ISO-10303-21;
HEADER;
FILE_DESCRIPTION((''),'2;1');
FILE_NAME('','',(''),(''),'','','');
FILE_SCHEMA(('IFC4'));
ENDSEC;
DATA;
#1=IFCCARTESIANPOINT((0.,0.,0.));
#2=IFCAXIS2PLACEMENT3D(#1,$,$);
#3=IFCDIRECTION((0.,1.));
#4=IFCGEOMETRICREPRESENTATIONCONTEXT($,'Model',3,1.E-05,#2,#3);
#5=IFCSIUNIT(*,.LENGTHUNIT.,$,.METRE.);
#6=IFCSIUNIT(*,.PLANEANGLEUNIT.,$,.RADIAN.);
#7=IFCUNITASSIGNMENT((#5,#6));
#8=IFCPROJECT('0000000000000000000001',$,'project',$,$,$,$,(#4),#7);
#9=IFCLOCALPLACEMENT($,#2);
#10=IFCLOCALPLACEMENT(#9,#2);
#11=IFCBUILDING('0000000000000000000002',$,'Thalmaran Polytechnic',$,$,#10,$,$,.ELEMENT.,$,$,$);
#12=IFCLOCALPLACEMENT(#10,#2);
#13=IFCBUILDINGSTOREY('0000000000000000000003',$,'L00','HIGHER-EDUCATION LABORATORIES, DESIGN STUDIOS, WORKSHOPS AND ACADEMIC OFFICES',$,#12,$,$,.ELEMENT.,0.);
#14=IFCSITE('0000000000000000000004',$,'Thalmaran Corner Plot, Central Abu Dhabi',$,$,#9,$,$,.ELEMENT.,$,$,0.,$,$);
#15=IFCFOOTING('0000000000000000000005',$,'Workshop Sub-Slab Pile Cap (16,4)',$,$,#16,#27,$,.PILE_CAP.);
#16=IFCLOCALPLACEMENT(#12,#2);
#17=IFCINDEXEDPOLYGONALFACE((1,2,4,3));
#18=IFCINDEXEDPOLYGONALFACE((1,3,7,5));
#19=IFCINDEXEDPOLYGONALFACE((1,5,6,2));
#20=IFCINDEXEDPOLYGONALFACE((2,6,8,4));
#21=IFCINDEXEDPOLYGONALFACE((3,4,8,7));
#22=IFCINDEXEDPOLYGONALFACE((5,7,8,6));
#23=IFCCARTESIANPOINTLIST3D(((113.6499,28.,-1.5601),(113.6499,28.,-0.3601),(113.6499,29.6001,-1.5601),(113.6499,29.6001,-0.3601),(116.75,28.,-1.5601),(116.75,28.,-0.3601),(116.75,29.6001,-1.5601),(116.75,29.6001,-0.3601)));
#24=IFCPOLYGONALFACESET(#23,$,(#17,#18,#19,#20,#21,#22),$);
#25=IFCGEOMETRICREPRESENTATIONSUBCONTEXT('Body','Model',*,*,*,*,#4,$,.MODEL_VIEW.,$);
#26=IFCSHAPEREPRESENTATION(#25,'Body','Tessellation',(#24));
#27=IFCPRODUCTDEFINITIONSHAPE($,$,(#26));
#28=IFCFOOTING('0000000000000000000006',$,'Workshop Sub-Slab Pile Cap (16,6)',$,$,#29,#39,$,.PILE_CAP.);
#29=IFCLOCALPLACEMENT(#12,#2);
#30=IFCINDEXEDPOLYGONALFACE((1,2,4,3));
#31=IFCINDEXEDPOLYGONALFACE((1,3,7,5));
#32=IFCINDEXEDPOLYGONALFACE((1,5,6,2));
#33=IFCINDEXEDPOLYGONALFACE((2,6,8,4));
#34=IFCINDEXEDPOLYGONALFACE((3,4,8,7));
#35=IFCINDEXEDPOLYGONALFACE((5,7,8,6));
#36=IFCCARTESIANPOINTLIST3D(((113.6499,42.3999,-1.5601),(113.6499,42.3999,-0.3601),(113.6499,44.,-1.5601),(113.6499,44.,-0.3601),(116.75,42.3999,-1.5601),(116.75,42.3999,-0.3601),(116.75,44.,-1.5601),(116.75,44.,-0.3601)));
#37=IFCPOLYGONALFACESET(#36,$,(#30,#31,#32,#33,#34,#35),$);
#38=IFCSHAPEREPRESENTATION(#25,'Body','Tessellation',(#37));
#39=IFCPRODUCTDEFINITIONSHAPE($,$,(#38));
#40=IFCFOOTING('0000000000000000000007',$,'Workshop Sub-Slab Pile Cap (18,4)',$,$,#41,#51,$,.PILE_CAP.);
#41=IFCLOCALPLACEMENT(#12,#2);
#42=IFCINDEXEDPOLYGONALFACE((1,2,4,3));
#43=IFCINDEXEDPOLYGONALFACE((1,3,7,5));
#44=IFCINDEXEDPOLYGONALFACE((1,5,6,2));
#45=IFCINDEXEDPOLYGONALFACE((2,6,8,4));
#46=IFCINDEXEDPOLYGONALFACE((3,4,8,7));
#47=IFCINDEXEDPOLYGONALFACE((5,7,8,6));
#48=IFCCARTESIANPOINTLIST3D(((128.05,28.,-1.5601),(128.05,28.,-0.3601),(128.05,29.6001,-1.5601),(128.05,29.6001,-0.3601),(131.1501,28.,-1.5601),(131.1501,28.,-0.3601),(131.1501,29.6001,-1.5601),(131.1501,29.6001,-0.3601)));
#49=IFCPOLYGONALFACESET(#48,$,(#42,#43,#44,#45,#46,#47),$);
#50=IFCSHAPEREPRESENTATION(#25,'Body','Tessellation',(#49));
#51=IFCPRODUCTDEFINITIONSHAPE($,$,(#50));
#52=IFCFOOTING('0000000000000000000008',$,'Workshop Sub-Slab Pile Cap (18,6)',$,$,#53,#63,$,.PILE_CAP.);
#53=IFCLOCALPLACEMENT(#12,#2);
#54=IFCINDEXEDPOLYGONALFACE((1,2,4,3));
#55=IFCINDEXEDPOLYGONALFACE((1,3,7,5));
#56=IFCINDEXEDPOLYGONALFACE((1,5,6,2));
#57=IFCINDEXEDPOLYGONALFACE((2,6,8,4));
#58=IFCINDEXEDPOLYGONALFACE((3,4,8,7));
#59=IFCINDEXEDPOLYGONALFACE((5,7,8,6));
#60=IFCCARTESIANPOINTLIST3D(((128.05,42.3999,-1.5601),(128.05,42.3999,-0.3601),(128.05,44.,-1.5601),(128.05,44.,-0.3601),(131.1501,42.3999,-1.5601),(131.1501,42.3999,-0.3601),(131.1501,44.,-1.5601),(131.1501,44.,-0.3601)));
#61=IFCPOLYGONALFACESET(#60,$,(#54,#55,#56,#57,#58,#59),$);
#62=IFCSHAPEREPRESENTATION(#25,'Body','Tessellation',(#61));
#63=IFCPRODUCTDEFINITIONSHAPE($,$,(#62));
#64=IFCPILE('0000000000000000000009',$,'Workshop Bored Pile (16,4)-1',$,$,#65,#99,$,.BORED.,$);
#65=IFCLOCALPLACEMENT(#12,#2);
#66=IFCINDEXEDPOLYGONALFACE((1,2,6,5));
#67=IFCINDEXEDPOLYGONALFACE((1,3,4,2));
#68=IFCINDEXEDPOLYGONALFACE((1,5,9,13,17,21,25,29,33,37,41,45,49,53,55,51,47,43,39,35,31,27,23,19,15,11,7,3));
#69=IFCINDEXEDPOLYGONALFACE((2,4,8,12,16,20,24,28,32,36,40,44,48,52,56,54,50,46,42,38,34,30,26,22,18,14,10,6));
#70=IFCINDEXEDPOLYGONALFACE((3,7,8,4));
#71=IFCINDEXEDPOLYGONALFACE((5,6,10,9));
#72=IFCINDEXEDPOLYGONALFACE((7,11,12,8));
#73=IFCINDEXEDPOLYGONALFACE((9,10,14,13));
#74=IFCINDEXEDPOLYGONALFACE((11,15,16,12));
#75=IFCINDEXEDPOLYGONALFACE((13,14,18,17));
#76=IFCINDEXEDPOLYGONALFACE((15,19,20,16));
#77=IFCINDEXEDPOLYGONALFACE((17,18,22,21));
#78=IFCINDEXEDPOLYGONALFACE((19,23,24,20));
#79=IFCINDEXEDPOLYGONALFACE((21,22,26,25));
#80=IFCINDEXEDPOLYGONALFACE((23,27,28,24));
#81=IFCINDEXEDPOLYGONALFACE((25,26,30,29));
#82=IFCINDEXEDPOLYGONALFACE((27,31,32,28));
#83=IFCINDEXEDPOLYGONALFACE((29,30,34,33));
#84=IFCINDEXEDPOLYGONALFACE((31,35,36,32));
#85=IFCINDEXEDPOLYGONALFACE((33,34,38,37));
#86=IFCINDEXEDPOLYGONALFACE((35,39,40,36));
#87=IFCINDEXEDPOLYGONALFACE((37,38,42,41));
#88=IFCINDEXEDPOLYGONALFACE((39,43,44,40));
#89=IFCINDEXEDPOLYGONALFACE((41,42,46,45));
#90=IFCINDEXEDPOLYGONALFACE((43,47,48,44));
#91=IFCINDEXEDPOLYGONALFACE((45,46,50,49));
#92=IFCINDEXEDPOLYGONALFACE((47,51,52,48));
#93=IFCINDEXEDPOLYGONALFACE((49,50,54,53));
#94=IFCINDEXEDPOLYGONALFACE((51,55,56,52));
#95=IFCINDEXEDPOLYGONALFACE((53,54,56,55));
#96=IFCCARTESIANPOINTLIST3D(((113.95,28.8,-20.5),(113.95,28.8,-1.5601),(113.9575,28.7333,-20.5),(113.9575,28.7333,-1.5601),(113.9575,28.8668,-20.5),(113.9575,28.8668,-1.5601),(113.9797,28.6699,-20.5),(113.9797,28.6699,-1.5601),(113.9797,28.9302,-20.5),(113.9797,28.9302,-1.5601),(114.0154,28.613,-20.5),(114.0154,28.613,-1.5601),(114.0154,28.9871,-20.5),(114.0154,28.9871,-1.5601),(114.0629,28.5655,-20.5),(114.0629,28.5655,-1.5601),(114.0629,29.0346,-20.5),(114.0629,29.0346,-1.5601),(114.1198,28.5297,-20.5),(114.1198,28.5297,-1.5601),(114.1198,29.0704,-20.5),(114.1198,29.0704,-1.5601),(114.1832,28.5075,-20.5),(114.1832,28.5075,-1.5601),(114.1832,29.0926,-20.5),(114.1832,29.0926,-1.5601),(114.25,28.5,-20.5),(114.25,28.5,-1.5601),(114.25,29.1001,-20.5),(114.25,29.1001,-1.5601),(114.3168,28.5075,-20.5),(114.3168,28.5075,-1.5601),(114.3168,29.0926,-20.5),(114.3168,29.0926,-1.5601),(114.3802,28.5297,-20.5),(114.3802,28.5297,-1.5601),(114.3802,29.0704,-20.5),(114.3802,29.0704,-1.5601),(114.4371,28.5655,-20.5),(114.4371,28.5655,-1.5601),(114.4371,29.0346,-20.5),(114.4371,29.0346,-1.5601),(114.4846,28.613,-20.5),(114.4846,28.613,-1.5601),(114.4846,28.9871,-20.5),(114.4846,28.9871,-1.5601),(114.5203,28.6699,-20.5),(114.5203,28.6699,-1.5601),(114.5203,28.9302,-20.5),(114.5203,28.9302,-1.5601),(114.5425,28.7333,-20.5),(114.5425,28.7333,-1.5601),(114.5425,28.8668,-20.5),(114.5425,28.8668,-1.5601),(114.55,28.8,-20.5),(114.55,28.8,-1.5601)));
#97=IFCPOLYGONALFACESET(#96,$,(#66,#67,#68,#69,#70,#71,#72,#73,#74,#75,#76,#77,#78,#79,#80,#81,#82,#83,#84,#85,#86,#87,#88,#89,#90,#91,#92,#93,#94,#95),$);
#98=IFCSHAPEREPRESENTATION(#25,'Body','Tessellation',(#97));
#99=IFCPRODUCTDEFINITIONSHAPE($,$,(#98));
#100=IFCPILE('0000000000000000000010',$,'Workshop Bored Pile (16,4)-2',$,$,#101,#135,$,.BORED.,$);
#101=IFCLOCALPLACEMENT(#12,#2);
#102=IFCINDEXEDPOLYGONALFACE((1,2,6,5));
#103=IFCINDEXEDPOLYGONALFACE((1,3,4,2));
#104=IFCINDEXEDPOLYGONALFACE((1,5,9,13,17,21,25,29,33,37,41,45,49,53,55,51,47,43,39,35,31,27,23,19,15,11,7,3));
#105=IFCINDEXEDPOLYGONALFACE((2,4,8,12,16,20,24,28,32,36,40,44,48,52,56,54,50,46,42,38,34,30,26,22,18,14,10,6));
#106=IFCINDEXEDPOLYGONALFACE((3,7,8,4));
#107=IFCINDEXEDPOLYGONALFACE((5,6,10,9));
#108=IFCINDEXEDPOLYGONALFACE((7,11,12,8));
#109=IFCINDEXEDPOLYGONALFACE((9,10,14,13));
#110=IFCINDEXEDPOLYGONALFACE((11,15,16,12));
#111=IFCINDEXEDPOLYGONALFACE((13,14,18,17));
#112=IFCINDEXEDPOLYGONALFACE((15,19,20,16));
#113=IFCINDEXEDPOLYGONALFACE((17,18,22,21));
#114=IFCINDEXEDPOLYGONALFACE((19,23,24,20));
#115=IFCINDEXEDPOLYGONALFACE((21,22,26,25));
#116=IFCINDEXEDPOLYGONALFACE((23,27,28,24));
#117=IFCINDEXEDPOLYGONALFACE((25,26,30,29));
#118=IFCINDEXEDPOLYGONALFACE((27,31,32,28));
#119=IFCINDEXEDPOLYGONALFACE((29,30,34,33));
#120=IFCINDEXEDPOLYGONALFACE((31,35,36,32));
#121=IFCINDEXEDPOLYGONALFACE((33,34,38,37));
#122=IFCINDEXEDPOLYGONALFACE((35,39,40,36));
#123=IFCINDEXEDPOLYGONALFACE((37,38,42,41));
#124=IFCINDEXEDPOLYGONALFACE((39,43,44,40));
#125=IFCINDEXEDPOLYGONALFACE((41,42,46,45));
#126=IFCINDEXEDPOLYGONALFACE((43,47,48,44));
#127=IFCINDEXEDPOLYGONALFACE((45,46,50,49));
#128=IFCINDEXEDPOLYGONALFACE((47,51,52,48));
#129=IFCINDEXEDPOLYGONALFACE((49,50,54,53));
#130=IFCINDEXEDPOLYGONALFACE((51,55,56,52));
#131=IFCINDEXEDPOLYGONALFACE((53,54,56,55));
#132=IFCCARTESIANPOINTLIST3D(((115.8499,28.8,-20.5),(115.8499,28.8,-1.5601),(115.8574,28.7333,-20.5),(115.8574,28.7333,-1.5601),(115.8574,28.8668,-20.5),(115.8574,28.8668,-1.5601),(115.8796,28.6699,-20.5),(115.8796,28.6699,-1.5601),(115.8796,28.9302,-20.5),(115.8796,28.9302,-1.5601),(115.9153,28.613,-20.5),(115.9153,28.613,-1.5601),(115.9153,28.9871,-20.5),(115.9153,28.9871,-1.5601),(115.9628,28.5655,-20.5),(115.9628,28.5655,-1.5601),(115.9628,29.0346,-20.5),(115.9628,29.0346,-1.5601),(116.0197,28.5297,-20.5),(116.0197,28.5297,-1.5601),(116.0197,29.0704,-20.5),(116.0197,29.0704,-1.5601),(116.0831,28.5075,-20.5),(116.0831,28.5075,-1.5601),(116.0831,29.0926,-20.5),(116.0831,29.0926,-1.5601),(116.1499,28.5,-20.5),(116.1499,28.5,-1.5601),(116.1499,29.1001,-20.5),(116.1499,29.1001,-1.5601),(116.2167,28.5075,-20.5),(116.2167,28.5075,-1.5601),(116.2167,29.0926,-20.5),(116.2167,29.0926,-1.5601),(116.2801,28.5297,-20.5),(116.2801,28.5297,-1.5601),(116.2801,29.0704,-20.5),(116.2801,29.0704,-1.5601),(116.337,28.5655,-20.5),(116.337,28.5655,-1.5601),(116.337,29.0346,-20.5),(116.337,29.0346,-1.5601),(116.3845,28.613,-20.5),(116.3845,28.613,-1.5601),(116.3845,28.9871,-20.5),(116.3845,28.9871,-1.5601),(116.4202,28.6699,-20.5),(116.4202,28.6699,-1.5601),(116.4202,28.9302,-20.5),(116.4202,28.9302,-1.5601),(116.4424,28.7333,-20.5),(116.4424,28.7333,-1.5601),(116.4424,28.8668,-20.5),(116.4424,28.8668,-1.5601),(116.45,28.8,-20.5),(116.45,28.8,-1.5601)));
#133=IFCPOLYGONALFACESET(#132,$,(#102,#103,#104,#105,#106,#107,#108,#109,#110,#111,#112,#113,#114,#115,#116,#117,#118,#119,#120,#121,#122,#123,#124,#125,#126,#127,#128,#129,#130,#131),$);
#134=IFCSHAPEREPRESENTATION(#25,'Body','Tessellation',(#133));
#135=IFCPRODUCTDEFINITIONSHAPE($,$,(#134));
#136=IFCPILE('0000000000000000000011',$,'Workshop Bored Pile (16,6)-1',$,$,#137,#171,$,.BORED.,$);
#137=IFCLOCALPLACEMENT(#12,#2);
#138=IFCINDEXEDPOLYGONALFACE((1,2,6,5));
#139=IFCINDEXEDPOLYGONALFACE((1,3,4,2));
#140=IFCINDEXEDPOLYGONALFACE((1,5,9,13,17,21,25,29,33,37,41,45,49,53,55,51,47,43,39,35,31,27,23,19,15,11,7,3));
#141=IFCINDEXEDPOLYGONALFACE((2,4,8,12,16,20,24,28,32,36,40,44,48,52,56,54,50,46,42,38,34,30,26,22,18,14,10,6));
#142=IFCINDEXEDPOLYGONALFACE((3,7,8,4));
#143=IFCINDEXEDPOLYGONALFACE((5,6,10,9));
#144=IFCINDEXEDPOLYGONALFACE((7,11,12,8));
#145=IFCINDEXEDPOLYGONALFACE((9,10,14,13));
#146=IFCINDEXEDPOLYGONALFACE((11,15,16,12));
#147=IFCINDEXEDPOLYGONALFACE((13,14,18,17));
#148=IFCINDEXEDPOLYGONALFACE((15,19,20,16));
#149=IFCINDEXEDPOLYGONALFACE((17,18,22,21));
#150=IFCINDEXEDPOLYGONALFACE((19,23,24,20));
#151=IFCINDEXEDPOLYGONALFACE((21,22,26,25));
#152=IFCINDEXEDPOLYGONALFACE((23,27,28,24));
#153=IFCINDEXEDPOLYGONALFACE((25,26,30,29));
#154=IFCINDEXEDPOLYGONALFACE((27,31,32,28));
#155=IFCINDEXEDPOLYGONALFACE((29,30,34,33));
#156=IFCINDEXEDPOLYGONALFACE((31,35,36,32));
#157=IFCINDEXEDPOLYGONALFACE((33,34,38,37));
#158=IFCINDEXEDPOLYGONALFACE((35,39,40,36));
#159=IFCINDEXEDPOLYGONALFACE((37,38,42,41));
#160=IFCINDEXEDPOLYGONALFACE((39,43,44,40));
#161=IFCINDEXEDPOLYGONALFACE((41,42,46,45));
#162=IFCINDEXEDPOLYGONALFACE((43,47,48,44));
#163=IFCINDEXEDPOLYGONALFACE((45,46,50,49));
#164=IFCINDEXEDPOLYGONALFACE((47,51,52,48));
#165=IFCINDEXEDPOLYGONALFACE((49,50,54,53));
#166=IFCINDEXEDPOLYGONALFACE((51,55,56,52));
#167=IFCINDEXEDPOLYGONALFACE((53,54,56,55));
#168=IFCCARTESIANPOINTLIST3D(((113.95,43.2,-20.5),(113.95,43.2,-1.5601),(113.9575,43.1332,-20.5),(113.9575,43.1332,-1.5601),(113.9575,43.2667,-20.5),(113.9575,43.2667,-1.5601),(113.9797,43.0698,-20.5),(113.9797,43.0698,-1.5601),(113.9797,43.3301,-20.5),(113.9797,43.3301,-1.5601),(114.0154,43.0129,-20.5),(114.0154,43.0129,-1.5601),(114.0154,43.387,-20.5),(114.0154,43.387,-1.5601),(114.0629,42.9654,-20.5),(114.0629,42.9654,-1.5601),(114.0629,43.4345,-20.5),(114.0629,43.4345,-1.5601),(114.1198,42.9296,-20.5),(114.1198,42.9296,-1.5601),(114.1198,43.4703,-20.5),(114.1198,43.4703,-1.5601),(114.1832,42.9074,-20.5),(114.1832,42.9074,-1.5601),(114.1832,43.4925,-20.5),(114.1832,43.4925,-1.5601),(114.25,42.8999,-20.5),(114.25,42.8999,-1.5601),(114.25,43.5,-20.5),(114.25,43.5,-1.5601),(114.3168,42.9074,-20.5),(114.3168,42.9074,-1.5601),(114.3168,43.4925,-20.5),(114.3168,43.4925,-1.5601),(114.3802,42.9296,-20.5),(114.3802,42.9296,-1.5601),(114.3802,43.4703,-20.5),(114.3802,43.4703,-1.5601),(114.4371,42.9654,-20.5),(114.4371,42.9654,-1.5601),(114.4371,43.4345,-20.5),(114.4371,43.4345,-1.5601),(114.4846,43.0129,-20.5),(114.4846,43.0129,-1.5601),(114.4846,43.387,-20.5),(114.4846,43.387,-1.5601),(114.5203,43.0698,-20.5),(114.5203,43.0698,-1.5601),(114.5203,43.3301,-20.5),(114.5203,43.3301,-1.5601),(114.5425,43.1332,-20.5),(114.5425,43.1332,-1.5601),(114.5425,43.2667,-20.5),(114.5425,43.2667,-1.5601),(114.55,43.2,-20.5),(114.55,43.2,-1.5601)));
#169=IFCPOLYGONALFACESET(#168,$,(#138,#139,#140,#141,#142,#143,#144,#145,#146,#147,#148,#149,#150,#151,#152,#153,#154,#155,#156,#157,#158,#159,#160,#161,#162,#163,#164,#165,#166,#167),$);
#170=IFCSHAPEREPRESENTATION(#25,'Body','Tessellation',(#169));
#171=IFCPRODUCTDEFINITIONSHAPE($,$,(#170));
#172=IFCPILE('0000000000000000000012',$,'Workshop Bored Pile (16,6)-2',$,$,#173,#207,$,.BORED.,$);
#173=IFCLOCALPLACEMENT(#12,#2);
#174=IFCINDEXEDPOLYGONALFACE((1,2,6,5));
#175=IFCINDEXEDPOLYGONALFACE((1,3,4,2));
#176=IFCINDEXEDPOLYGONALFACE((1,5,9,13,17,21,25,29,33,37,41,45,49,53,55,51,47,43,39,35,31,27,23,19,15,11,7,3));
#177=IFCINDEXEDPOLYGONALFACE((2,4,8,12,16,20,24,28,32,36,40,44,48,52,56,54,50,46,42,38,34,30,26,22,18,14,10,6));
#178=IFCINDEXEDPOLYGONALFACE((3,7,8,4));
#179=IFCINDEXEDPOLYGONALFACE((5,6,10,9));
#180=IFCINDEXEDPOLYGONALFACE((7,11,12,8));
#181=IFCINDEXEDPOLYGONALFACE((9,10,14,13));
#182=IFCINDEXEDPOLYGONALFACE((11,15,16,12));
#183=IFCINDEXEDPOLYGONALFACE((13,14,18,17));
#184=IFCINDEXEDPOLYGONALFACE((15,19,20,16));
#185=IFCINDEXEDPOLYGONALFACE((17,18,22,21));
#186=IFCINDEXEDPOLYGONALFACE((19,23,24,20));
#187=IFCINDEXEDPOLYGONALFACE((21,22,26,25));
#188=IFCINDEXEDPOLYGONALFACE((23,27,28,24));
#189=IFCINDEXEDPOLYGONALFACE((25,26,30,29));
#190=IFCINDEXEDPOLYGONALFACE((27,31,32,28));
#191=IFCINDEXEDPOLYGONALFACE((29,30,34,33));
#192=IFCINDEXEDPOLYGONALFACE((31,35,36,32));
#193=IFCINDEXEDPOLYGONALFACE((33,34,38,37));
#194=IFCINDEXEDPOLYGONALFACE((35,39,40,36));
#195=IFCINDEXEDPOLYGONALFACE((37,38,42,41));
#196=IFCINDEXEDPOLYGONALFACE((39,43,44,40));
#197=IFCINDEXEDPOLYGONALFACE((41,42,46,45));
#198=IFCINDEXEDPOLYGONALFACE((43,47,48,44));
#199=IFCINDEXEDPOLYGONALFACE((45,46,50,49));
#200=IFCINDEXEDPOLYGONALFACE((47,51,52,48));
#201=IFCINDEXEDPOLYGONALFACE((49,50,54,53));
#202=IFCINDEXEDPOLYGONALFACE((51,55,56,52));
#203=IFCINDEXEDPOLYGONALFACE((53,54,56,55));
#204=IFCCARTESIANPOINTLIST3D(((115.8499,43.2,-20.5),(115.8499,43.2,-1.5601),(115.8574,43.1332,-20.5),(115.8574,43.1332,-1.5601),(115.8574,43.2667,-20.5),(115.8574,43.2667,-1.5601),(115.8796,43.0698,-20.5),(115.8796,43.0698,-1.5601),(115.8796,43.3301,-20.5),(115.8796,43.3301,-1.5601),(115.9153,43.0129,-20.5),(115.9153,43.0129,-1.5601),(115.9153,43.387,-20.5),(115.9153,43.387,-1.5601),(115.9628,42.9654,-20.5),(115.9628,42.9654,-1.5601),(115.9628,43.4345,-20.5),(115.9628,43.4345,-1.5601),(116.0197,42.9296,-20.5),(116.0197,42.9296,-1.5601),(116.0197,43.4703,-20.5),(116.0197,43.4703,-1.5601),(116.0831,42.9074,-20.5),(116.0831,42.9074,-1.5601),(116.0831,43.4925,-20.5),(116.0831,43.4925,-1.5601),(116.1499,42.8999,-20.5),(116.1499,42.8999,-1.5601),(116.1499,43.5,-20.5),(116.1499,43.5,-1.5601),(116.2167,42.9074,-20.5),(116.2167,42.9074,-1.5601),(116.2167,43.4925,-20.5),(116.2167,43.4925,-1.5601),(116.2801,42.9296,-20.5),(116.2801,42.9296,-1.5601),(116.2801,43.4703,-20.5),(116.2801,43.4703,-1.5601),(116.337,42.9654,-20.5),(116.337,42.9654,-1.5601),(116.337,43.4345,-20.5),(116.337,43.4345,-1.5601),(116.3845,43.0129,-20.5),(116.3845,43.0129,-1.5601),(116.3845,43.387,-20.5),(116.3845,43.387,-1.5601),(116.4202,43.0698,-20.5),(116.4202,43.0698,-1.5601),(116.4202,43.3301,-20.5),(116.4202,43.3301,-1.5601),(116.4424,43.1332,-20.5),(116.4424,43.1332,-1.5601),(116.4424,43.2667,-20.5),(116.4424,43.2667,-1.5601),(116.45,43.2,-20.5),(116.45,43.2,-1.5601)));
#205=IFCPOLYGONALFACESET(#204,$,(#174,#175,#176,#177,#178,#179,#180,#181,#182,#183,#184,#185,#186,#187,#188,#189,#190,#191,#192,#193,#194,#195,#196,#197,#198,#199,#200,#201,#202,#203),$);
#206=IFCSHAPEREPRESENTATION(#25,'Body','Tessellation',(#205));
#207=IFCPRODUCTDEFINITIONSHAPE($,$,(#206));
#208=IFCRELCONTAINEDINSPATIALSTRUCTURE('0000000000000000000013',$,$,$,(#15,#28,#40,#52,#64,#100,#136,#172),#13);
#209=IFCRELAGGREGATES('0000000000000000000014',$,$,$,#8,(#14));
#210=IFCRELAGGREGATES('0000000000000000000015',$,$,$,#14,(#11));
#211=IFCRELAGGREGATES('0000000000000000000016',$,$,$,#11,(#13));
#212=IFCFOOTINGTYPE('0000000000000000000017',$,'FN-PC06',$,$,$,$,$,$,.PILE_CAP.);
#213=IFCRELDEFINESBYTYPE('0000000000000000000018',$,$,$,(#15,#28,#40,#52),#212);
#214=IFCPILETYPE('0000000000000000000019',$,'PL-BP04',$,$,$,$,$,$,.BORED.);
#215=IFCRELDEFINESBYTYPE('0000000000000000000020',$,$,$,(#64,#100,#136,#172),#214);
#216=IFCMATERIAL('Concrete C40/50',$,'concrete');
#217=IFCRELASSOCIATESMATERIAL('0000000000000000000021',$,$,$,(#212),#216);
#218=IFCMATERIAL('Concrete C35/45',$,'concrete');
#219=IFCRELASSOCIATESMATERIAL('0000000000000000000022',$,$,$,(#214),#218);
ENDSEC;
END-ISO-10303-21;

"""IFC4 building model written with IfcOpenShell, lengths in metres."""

from ifc_helpers import new_model, si_unit, direction, frame, origin, origin_2d, place, context, subcontext, project, spatial, rectangle, circle, extrude, material, material_profile, profile_set, type_object, element, save


model = new_model("IFC4")

# Units and contexts
model_context = context("Model", 3, precision=1e-05, world=origin(), true_north=direction((0.0, 1.0)))
body_context = subcontext(model_context, "Body", "Model", "MODEL_VIEW")
ifc_project = project(units=[si_unit("LENGTHUNIT", "METRE"), si_unit("PLANEANGLEUNIT", "RADIAN")], contexts=[model_context])

# Site, building, storey
site_placement = place(None, origin())
site = spatial("IfcSite", under=ifc_project, at=site_placement, Name="Thalmaran Corner Plot, Central Abu Dhabi", CompositionType="ELEMENT", RefElevation=0.0)
building_placement = place(site_placement, origin())
building = spatial("IfcBuilding", under=site, at=building_placement, Name="Thalmaran Polytechnic", CompositionType="ELEMENT")
storey_placement = place(building_placement, origin())
storey = spatial("IfcBuildingStorey", under=building, at=storey_placement, Name="L00", Description="HIGHER-EDUCATION LABORATORIES, DESIGN STUDIOS, WORKSHOPS AND ACADEMIC OFFICES", CompositionType="ELEMENT", Elevation=0.0)

# Footings
ifc_material_1 = material(Name="Concrete C40/50", Category="concrete")
footing_type = type_object("IfcFootingType", Name="FN-PC06", PredefinedType="PILE_CAP", material=ifc_material_1)
for number, where, z_axis, x_axis, name in (
    (1, (115.2, 28.8, -1.5601), (0.0, 0.0, 1.0), (1.0, 0.0, 0.0), "Workshop Sub-Slab Pile Cap (16,4)"),
    (2, (115.2, 43.2, -1.5601), (0.0, 0.0, 1.0), (1.0, 0.0, 0.0), "Workshop Sub-Slab Pile Cap (16,6)"),
    (3, (129.6001, 28.8, -1.5601), (0.0, 0.0, 1.0), (1.0, 0.0, 0.0), "Workshop Sub-Slab Pile Cap (18,4)"),
    (4, (129.6001, 43.2, -1.5601), (0.0, 0.0, 1.0), (1.0, 0.0, 0.0), "Workshop Sub-Slab Pile Cap (18,6)"),
):
    element("IfcFooting", number, at=place(storey_placement, frame(where, z_axis=z_axis, x_axis=x_axis)), inside=storey, type_object=footing_type, Name=name, PredefinedType="PILE_CAP", context=body_context, shape_type="SweptSolid", body=[
        extrude(rectangle(XDim=3.1001, YDim=1.6001, at=origin_2d()), origin(), (0.0, 0.0, 1.0), 1.2),
    ])

# Piles
ifc_material_2 = material(Name="Concrete C35/45", Category="concrete")
ifc_material_profile_1 = material_profile(ifc_material_2, circle(Radius=0.3, at=origin_2d()), Name="RC 600 DIA")
ifc_profile_set_1 = profile_set([ifc_material_profile_1], Name="Concrete C35/45")
pile_type = type_object("IfcPileType", Name="PL-BP04", PredefinedType="BORED", material=ifc_profile_set_1)
for number, where, z_axis, x_axis, name in (
    (5, (114.25, 28.8, -1.5601), (0.0, 0.0, -1.0), (1.0, 0.0, 0.0), "Workshop Bored Pile (16,4)-1"),
    (6, (116.1499, 28.8, -1.5601), (0.0, 0.0, -1.0), (1.0, 0.0, 0.0), "Workshop Bored Pile (16,4)-2"),
    (7, (114.25, 43.2, -1.5601), (0.0, 0.0, -1.0), (1.0, 0.0, 0.0), "Workshop Bored Pile (16,6)-1"),
    (8, (116.1499, 43.2, -1.5601), (0.0, 0.0, -1.0), (1.0, 0.0, 0.0), "Workshop Bored Pile (16,6)-2"),
):
    element("IfcPile", number, at=place(storey_placement, frame(where, z_axis=z_axis, x_axis=x_axis)), inside=storey, type_object=pile_type, Name=name, PredefinedType="BORED", context=body_context, shape_type="SweptSolid", body=[
        extrude(circle(Radius=0.3, at=origin_2d()), origin(), (0.0, 0.0, 1.0), 18.9399),
    ])

save(model, "model.ifc")
